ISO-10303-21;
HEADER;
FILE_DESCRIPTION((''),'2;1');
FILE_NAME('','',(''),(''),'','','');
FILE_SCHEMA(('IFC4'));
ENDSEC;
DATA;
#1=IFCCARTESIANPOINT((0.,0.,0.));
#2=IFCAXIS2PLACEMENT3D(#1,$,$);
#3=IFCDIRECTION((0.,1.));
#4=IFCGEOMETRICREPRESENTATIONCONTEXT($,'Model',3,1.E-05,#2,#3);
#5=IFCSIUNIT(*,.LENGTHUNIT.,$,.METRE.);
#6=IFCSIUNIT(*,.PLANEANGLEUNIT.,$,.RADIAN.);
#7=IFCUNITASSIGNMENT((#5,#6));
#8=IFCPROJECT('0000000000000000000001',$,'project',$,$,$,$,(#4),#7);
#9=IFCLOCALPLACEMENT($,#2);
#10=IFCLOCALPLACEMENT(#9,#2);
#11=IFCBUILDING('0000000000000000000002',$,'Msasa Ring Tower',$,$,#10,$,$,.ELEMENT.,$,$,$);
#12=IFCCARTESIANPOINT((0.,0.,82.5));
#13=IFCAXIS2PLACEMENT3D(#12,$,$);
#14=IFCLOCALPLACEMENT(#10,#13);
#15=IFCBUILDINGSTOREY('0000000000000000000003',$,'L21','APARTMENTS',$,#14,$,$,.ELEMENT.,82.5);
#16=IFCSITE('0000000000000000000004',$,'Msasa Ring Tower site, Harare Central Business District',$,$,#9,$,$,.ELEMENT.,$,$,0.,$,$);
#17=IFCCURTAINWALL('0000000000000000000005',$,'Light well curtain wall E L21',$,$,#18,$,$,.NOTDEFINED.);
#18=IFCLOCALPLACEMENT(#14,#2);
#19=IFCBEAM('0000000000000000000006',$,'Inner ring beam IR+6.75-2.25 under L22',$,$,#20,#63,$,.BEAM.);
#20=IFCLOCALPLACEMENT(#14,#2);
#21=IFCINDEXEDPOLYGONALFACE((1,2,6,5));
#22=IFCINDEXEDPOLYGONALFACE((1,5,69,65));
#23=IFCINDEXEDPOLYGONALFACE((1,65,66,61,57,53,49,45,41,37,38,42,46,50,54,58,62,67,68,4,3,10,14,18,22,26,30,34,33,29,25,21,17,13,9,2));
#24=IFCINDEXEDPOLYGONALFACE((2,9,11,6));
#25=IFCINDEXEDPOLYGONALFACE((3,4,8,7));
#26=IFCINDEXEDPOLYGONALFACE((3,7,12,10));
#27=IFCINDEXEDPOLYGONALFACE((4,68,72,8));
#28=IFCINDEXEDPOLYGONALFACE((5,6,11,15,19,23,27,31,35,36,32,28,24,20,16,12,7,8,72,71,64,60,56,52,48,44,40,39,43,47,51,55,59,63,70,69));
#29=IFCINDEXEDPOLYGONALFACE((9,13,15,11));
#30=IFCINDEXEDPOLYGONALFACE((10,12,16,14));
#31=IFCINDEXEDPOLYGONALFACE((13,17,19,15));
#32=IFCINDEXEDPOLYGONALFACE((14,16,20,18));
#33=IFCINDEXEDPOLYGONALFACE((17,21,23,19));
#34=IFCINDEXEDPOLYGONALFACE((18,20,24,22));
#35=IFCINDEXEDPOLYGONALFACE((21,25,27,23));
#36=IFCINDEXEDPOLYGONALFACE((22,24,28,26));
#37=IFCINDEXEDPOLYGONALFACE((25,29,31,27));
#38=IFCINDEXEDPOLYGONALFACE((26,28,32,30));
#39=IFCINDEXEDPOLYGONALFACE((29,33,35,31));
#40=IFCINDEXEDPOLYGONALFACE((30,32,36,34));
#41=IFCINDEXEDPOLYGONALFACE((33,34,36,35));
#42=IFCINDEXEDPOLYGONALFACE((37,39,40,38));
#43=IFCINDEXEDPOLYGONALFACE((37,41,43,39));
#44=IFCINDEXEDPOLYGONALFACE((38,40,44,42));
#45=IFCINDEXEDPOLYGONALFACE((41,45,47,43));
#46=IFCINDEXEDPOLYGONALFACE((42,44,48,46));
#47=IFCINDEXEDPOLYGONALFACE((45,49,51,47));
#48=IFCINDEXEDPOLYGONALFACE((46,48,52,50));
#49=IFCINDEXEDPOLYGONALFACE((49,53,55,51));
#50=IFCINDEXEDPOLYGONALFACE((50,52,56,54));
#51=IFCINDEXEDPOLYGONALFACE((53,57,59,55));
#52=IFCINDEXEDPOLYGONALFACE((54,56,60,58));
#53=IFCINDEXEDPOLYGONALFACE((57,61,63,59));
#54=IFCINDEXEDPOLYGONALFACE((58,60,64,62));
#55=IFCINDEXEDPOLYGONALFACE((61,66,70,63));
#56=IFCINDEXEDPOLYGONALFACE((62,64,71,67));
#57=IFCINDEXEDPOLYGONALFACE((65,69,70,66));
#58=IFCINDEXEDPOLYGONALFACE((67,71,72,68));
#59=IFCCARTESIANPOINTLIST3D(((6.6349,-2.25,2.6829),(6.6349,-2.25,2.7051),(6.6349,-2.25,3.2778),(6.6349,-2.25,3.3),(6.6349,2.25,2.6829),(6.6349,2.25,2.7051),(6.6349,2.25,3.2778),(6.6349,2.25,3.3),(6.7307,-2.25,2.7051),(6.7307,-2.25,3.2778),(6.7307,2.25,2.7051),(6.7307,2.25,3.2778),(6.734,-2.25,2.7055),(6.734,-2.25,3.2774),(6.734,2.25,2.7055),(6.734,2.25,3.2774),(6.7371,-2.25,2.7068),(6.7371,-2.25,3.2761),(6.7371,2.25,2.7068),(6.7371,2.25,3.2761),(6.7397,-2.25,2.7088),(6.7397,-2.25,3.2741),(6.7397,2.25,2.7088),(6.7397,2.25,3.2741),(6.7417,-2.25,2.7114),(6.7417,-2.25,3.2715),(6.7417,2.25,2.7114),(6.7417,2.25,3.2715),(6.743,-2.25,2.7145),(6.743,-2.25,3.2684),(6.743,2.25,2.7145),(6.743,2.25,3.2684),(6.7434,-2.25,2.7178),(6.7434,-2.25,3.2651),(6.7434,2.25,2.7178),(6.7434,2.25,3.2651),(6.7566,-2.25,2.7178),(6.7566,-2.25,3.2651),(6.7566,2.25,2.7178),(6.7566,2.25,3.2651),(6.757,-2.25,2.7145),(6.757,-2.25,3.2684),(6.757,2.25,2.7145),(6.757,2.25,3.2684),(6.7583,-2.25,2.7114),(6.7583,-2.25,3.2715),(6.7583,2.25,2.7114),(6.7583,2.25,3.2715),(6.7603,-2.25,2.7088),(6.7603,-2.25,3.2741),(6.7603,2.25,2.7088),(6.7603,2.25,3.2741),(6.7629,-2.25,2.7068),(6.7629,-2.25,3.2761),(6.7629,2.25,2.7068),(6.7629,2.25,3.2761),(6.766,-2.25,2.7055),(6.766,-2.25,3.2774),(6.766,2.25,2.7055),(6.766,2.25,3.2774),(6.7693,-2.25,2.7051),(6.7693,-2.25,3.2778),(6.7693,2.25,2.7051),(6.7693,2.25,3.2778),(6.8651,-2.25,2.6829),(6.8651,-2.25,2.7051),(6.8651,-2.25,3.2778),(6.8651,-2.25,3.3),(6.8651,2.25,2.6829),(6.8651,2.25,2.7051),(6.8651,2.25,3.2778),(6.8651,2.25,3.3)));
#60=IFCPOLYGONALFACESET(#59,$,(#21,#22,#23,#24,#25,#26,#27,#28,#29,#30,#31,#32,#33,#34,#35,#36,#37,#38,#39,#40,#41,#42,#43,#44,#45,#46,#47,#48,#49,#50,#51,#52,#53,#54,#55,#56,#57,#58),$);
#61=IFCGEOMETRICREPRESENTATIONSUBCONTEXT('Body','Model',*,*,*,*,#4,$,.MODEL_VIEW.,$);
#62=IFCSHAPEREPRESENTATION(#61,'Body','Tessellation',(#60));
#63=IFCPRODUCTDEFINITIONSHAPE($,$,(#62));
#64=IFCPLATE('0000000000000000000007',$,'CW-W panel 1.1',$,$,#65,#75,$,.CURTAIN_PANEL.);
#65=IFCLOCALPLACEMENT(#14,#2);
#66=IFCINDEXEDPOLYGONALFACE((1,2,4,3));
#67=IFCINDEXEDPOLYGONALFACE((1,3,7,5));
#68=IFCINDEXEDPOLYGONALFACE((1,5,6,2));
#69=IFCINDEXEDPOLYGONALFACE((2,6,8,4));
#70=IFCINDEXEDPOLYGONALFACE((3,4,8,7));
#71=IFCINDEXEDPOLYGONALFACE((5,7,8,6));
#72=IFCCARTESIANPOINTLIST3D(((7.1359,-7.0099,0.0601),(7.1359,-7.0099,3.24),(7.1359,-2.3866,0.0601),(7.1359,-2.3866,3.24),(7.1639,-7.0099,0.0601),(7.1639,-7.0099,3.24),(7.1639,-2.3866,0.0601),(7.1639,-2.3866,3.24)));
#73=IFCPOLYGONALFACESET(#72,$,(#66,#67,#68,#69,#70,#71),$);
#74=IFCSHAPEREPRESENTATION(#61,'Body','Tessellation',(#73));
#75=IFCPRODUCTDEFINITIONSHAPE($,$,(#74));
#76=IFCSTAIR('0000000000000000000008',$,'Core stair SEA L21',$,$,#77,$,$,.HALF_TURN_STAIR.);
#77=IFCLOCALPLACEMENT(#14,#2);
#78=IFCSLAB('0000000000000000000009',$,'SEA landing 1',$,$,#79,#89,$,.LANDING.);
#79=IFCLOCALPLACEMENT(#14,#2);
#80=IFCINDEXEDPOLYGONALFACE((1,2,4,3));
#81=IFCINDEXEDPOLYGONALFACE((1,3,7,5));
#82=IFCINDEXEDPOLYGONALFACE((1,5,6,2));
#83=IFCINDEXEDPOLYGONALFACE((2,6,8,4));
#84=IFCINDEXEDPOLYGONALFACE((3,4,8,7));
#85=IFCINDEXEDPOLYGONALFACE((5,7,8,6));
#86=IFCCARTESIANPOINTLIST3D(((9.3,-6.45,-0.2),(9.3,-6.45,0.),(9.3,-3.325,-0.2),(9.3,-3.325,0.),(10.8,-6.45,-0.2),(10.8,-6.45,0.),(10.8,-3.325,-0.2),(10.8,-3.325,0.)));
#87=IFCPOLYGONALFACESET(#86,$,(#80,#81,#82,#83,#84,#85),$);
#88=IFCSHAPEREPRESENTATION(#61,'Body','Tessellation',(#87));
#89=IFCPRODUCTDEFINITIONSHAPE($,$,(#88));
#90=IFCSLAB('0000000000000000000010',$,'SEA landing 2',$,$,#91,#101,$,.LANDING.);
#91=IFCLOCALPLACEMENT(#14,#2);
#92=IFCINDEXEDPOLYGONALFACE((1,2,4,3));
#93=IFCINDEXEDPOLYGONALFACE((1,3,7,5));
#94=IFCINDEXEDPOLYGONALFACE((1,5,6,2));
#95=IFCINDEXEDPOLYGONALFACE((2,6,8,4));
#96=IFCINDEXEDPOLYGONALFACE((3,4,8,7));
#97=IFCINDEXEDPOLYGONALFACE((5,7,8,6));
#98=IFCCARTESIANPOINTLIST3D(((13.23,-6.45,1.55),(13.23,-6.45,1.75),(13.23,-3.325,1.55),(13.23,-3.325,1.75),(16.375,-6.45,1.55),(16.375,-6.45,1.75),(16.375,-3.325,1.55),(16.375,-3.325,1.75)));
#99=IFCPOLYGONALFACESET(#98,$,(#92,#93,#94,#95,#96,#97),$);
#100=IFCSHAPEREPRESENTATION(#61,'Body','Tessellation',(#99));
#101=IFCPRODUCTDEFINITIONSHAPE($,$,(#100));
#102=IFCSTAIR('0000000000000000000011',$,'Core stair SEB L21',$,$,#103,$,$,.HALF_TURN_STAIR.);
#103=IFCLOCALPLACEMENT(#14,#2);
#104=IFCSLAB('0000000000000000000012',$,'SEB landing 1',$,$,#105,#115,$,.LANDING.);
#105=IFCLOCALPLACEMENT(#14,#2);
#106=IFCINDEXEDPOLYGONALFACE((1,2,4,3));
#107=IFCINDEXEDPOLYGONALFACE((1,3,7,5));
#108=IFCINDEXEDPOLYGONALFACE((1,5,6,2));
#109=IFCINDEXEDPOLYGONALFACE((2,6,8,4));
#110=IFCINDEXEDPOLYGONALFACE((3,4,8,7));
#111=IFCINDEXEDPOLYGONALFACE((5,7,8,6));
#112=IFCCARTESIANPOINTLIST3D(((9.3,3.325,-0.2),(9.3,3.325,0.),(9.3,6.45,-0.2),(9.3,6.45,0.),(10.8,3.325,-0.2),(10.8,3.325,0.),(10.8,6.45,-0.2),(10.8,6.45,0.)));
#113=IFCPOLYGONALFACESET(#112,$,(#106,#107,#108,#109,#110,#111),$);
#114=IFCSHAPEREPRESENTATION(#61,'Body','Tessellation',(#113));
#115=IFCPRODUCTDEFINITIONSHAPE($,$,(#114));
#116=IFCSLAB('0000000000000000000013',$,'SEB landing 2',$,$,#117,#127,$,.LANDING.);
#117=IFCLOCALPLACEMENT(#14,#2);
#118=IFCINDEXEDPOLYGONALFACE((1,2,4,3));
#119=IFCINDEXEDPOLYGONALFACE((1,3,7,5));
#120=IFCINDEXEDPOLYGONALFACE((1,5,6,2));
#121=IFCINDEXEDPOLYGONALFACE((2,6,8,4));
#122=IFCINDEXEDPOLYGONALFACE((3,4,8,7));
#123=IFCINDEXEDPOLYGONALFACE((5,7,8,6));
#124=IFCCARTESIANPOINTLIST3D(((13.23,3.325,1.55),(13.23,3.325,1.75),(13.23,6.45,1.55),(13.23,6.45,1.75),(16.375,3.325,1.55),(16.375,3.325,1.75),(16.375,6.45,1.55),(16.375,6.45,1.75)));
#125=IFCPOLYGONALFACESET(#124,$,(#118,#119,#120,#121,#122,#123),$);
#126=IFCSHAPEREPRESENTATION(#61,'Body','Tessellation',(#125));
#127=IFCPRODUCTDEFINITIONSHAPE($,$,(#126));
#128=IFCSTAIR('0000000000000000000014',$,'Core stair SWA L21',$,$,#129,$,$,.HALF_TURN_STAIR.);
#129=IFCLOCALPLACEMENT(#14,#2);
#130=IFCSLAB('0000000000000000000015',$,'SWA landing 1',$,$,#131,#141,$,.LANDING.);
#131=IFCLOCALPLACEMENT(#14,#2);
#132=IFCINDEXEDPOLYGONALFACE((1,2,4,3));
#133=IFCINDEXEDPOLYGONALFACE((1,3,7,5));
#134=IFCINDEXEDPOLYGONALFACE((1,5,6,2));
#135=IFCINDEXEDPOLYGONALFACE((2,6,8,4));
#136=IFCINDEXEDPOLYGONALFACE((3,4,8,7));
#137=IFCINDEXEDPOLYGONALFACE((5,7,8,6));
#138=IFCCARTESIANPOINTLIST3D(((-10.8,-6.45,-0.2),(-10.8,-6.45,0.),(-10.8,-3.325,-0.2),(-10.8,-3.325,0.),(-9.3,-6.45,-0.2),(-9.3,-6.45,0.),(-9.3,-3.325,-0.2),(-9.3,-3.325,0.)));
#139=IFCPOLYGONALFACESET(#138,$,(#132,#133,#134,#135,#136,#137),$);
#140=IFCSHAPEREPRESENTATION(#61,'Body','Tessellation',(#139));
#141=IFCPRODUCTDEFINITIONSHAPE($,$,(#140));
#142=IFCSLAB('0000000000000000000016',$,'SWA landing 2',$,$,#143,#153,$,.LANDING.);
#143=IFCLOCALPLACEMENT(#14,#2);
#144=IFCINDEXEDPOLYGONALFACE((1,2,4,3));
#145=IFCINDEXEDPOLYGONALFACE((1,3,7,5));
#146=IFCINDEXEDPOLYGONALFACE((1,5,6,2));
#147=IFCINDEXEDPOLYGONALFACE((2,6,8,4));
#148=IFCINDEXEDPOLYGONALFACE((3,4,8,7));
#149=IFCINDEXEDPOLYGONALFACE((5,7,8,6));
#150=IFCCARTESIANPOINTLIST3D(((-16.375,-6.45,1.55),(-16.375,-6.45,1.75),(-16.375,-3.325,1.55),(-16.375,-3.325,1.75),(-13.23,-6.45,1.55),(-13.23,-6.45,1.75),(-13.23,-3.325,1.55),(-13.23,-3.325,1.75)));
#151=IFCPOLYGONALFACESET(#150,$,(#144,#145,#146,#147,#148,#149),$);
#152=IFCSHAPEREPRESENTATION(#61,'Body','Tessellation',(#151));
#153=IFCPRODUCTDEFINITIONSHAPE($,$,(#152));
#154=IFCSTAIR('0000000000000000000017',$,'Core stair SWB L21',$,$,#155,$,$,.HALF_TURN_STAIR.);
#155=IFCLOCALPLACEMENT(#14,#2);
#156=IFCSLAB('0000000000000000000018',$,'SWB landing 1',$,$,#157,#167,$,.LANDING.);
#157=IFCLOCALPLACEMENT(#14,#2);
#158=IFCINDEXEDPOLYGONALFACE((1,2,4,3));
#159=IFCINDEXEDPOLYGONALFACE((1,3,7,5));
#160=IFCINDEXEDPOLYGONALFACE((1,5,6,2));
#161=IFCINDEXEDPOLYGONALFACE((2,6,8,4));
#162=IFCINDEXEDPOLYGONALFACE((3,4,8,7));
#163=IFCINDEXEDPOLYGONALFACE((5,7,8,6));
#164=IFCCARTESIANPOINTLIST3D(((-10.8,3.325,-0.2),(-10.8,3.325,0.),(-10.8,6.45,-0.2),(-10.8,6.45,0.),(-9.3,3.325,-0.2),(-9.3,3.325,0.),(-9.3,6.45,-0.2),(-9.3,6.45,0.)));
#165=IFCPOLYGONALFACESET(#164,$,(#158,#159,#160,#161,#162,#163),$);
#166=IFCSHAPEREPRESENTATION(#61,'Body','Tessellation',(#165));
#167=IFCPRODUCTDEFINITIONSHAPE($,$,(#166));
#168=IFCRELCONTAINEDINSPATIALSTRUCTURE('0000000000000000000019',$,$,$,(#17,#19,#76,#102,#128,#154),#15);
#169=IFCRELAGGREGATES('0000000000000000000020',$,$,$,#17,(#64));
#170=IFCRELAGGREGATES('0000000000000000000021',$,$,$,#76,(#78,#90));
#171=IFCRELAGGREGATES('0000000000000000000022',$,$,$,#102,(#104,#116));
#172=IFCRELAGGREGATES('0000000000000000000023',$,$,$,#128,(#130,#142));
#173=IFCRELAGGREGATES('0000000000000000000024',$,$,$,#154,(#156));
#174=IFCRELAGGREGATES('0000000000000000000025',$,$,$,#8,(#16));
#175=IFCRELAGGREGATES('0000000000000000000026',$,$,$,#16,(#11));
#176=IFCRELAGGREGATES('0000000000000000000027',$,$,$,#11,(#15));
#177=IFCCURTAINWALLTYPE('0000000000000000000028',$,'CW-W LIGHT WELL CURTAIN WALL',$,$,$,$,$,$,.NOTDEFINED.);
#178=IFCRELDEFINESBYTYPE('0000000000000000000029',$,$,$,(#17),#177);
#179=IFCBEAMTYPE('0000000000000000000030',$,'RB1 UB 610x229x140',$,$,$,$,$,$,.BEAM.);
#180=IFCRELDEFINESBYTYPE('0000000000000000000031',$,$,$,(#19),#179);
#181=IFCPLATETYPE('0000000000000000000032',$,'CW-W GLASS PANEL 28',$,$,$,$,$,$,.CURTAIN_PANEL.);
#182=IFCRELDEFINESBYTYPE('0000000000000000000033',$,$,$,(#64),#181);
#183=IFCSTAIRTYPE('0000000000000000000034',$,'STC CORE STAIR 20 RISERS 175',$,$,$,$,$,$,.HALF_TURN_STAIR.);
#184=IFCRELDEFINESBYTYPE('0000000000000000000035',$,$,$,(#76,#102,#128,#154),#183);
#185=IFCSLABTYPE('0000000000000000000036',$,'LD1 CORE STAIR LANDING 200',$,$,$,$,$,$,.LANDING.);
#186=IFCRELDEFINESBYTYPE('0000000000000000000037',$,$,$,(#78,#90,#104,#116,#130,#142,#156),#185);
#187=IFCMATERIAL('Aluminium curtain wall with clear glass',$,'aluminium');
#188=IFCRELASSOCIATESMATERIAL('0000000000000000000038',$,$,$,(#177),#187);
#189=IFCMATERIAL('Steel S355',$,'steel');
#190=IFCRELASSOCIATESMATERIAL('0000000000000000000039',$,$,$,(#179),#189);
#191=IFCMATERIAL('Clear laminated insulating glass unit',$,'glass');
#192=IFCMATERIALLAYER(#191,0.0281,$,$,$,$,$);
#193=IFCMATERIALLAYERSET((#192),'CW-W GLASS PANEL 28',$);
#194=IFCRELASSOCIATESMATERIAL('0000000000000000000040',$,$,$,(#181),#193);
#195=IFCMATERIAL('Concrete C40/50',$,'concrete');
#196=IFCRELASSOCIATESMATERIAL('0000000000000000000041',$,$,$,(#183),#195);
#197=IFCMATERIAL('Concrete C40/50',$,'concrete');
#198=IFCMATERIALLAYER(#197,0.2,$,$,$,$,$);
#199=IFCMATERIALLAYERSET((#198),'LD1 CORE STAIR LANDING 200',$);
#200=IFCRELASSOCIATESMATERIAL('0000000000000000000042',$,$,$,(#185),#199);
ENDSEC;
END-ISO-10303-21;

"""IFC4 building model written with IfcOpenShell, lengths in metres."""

from ifc_helpers import new_model, si_unit, direction, frame, origin, origin_2d, place, context, subcontext, project, spatial, polyline, rectangle, i_section, outline, extrude, material, layer, layer_set, material_profile, profile_set, type_object, element, aggregate, save


model = new_model("IFC4")

# Units and contexts
model_context = context("Model", 3, precision=1e-05, world=origin(), true_north=direction((0.0, 1.0)))
body_context = subcontext(model_context, "Body", "Model", "MODEL_VIEW")
ifc_project = project(units=[si_unit("LENGTHUNIT", "METRE"), si_unit("PLANEANGLEUNIT", "RADIAN")], contexts=[model_context])

# Site, building, storey
site_placement = place(None, origin())
site = spatial("IfcSite", under=ifc_project, at=site_placement, Name="Msasa Ring Tower site, Harare Central Business District", CompositionType="ELEMENT", RefElevation=0.0)
building_placement = place(site_placement, origin())
building = spatial("IfcBuilding", under=site, at=building_placement, Name="Msasa Ring Tower", CompositionType="ELEMENT")
storey_placement = place(building_placement, frame((0.0, 0.0, 82.5)))
storey = spatial("IfcBuildingStorey", under=building, at=storey_placement, Name="L21", Description="APARTMENTS", CompositionType="ELEMENT", Elevation=82.5)

# Curtain wall
ifc_material_1 = material(Name="Aluminium curtain wall with clear glass", Category="aluminium")
curtain_wall_type = type_object("IfcCurtainWallType", Name="CW-W LIGHT WELL CURTAIN WALL", PredefinedType="NOTDEFINED", material=ifc_material_1)
curtain_wall_placement = place(storey_placement, origin())
curtain_wall = element("IfcCurtainWall", 1, at=curtain_wall_placement, inside=storey, type_object=curtain_wall_type, Name="Light well curtain wall E L21", PredefinedType="NOTDEFINED")

# Beam
ifc_material_2 = material(Name="Steel S355", Category="steel")
ifc_material_profile_1 = material_profile(ifc_material_2, i_section(OverallWidth=0.2302, OverallDepth=0.6172, WebThickness=0.0132, FlangeThickness=0.0222, FilletRadius=0.0127, at=origin_2d()), Name="UB 610x229x140")
ifc_profile_set_1 = profile_set([ifc_material_profile_1], Name="Steel S355")
beam_type = type_object("IfcBeamType", Name="RB1 UB 610x229x140", PredefinedType="BEAM", material=ifc_profile_set_1)
for number, where, z_axis, x_axis, name in (
    (2, (6.75, -2.25, 2.9915), (0.0, 1.0, 0.0), (-1.0, 0.0, 0.0), "Inner ring beam IR+6.75-2.25 under L22"),
):
    element("IfcBeam", number, at=place(storey_placement, frame(where, z_axis=z_axis, x_axis=x_axis)), inside=storey, type_object=beam_type, Name=name, PredefinedType="BEAM", context=body_context, shape_type="SweptSolid", body=[
        extrude(i_section(OverallWidth=0.2302, OverallDepth=0.6172, WebThickness=0.0132, FlangeThickness=0.0222, FilletRadius=0.0127, at=origin_2d()), origin(), (0.0, 0.0, 1.0), 4.5),
    ])

# Plate
ifc_material_3 = material(Name="Clear laminated insulating glass unit", Category="glass")
ifc_layer_1 = layer(ifc_material_3, 0.0281)
ifc_layer_set_1 = layer_set([ifc_layer_1], Name="CW-W GLASS PANEL 28")
plate_type = type_object("IfcPlateType", Name="CW-W GLASS PANEL 28", PredefinedType="CURTAIN_PANEL", material=ifc_layer_set_1)
plate_placement = place(storey_placement, frame((7.1499, -4.6982, 0.0601), z_axis=(0.0, 0.0, 1.0), x_axis=(0.0, 1.0, 0.0)))
plate = element("IfcPlate", 3, at=plate_placement, type_object=plate_type, Name="CW-W panel 1.1", PredefinedType="CURTAIN_PANEL", context=body_context, shape_type="SweptSolid", body=[
    extrude(rectangle(XDim=4.6233, YDim=0.0281, at=origin_2d()), origin(), (0.0, 0.0, 1.0), 3.1799),
])
aggregate(curtain_wall, [plate])

# Stairs, slabs
ifc_material_4 = material(Name="Concrete C40/50", Category="concrete")
stair_type = type_object("IfcStairType", Name="STC CORE STAIR 20 RISERS 175", PredefinedType="HALF_TURN_STAIR", material=ifc_material_4)
stair_1_placement = place(storey_placement, origin())
stair_1 = element("IfcStair", 4, at=stair_1_placement, inside=storey, type_object=stair_type, Name="Core stair SEA L21", PredefinedType="HALF_TURN_STAIR")
ifc_material_5 = material(Name="Concrete C40/50", Category="concrete")
ifc_layer_2 = layer(ifc_material_5, 0.2)
ifc_layer_set_2 = layer_set([ifc_layer_2], Name="LD1 CORE STAIR LANDING 200")
slab_type = type_object("IfcSlabType", Name="LD1 CORE STAIR LANDING 200", PredefinedType="LANDING", material=ifc_layer_set_2)
slab_1_placement = place(storey_placement, frame((0.0, 0.0, -0.2)))
slab_1 = element("IfcSlab", 5, at=slab_1_placement, type_object=slab_type, Name="SEA landing 1", PredefinedType="LANDING", context=body_context, shape_type="SweptSolid", body=[
    extrude(outline(polyline([(9.3, -6.45), (10.8, -6.45), (10.8, -3.325), (9.3, -3.325), (9.3, -6.45)])), origin(), (0.0, 0.0, 1.0), 0.2),
])
slab_2_placement = place(storey_placement, frame((0.0, 0.0, 1.55)))
slab_2 = element("IfcSlab", 6, at=slab_2_placement, type_object=slab_type, Name="SEA landing 2", PredefinedType="LANDING", context=body_context, shape_type="SweptSolid", body=[
    extrude(outline(polyline([(13.23, -6.45), (16.375, -6.45), (16.375, -3.325), (13.23, -3.325), (13.23, -6.45)])), origin(), (0.0, 0.0, 1.0), 0.2),
])
aggregate(stair_1, [slab_1, slab_2])
stair_2_placement = place(storey_placement, origin())
stair_2 = element("IfcStair", 7, at=stair_2_placement, inside=storey, type_object=stair_type, Name="Core stair SEB L21", PredefinedType="HALF_TURN_STAIR")
slab_3_placement = place(storey_placement, frame((0.0, 0.0, -0.2)))
slab_3 = element("IfcSlab", 8, at=slab_3_placement, type_object=slab_type, Name="SEB landing 1", PredefinedType="LANDING", context=body_context, shape_type="SweptSolid", body=[
    extrude(outline(polyline([(9.3, 3.325), (10.8, 3.325), (10.8, 6.45), (9.3, 6.45), (9.3, 3.325)])), origin(), (0.0, 0.0, 1.0), 0.2),
])
slab_4_placement = place(storey_placement, frame((0.0, 0.0, 1.55)))
slab_4 = element("IfcSlab", 9, at=slab_4_placement, type_object=slab_type, Name="SEB landing 2", PredefinedType="LANDING", context=body_context, shape_type="SweptSolid", body=[
    extrude(outline(polyline([(13.23, 3.325), (16.375, 3.325), (16.375, 6.45), (13.23, 6.45), (13.23, 3.325)])), origin(), (0.0, 0.0, 1.0), 0.2),
])
aggregate(stair_2, [slab_3, slab_4])
stair_3_placement = place(storey_placement, origin())
stair_3 = element("IfcStair", 10, at=stair_3_placement, inside=storey, type_object=stair_type, Name="Core stair SWA L21", PredefinedType="HALF_TURN_STAIR")
slab_5_placement = place(storey_placement, frame((0.0, 0.0, -0.2)))
slab_5 = element("IfcSlab", 11, at=slab_5_placement, type_object=slab_type, Name="SWA landing 1", PredefinedType="LANDING", context=body_context, shape_type="SweptSolid", body=[
    extrude(outline(polyline([(-10.8, -6.45), (-9.3, -6.45), (-9.3, -3.325), (-10.8, -3.325), (-10.8, -6.45)])), origin(), (0.0, 0.0, 1.0), 0.2),
])
slab_6_placement = place(storey_placement, frame((0.0, 0.0, 1.55)))
slab_6 = element("IfcSlab", 12, at=slab_6_placement, type_object=slab_type, Name="SWA landing 2", PredefinedType="LANDING", context=body_context, shape_type="SweptSolid", body=[
    extrude(outline(polyline([(-16.375, -6.45), (-13.23, -6.45), (-13.23, -3.325), (-16.375, -3.325), (-16.375, -6.45)])), origin(), (0.0, 0.0, 1.0), 0.2),
])
aggregate(stair_3, [slab_5, slab_6])

# Stair, slab
stair_4_placement = place(storey_placement, origin())
stair_4 = element("IfcStair", 13, at=stair_4_placement, inside=storey, type_object=stair_type, Name="Core stair SWB L21", PredefinedType="HALF_TURN_STAIR")
slab_7_placement = place(storey_placement, frame((0.0, 0.0, -0.2)))
slab_7 = element("IfcSlab", 14, at=slab_7_placement, type_object=slab_type, Name="SWB landing 1", PredefinedType="LANDING", context=body_context, shape_type="SweptSolid", body=[
    extrude(outline(polyline([(-10.8, 3.325), (-9.3, 3.325), (-9.3, 6.45), (-10.8, 6.45), (-10.8, 3.325)])), origin(), (0.0, 0.0, 1.0), 0.2),
])
aggregate(stair_4, [slab_7])

save(model, "model.ifc")
